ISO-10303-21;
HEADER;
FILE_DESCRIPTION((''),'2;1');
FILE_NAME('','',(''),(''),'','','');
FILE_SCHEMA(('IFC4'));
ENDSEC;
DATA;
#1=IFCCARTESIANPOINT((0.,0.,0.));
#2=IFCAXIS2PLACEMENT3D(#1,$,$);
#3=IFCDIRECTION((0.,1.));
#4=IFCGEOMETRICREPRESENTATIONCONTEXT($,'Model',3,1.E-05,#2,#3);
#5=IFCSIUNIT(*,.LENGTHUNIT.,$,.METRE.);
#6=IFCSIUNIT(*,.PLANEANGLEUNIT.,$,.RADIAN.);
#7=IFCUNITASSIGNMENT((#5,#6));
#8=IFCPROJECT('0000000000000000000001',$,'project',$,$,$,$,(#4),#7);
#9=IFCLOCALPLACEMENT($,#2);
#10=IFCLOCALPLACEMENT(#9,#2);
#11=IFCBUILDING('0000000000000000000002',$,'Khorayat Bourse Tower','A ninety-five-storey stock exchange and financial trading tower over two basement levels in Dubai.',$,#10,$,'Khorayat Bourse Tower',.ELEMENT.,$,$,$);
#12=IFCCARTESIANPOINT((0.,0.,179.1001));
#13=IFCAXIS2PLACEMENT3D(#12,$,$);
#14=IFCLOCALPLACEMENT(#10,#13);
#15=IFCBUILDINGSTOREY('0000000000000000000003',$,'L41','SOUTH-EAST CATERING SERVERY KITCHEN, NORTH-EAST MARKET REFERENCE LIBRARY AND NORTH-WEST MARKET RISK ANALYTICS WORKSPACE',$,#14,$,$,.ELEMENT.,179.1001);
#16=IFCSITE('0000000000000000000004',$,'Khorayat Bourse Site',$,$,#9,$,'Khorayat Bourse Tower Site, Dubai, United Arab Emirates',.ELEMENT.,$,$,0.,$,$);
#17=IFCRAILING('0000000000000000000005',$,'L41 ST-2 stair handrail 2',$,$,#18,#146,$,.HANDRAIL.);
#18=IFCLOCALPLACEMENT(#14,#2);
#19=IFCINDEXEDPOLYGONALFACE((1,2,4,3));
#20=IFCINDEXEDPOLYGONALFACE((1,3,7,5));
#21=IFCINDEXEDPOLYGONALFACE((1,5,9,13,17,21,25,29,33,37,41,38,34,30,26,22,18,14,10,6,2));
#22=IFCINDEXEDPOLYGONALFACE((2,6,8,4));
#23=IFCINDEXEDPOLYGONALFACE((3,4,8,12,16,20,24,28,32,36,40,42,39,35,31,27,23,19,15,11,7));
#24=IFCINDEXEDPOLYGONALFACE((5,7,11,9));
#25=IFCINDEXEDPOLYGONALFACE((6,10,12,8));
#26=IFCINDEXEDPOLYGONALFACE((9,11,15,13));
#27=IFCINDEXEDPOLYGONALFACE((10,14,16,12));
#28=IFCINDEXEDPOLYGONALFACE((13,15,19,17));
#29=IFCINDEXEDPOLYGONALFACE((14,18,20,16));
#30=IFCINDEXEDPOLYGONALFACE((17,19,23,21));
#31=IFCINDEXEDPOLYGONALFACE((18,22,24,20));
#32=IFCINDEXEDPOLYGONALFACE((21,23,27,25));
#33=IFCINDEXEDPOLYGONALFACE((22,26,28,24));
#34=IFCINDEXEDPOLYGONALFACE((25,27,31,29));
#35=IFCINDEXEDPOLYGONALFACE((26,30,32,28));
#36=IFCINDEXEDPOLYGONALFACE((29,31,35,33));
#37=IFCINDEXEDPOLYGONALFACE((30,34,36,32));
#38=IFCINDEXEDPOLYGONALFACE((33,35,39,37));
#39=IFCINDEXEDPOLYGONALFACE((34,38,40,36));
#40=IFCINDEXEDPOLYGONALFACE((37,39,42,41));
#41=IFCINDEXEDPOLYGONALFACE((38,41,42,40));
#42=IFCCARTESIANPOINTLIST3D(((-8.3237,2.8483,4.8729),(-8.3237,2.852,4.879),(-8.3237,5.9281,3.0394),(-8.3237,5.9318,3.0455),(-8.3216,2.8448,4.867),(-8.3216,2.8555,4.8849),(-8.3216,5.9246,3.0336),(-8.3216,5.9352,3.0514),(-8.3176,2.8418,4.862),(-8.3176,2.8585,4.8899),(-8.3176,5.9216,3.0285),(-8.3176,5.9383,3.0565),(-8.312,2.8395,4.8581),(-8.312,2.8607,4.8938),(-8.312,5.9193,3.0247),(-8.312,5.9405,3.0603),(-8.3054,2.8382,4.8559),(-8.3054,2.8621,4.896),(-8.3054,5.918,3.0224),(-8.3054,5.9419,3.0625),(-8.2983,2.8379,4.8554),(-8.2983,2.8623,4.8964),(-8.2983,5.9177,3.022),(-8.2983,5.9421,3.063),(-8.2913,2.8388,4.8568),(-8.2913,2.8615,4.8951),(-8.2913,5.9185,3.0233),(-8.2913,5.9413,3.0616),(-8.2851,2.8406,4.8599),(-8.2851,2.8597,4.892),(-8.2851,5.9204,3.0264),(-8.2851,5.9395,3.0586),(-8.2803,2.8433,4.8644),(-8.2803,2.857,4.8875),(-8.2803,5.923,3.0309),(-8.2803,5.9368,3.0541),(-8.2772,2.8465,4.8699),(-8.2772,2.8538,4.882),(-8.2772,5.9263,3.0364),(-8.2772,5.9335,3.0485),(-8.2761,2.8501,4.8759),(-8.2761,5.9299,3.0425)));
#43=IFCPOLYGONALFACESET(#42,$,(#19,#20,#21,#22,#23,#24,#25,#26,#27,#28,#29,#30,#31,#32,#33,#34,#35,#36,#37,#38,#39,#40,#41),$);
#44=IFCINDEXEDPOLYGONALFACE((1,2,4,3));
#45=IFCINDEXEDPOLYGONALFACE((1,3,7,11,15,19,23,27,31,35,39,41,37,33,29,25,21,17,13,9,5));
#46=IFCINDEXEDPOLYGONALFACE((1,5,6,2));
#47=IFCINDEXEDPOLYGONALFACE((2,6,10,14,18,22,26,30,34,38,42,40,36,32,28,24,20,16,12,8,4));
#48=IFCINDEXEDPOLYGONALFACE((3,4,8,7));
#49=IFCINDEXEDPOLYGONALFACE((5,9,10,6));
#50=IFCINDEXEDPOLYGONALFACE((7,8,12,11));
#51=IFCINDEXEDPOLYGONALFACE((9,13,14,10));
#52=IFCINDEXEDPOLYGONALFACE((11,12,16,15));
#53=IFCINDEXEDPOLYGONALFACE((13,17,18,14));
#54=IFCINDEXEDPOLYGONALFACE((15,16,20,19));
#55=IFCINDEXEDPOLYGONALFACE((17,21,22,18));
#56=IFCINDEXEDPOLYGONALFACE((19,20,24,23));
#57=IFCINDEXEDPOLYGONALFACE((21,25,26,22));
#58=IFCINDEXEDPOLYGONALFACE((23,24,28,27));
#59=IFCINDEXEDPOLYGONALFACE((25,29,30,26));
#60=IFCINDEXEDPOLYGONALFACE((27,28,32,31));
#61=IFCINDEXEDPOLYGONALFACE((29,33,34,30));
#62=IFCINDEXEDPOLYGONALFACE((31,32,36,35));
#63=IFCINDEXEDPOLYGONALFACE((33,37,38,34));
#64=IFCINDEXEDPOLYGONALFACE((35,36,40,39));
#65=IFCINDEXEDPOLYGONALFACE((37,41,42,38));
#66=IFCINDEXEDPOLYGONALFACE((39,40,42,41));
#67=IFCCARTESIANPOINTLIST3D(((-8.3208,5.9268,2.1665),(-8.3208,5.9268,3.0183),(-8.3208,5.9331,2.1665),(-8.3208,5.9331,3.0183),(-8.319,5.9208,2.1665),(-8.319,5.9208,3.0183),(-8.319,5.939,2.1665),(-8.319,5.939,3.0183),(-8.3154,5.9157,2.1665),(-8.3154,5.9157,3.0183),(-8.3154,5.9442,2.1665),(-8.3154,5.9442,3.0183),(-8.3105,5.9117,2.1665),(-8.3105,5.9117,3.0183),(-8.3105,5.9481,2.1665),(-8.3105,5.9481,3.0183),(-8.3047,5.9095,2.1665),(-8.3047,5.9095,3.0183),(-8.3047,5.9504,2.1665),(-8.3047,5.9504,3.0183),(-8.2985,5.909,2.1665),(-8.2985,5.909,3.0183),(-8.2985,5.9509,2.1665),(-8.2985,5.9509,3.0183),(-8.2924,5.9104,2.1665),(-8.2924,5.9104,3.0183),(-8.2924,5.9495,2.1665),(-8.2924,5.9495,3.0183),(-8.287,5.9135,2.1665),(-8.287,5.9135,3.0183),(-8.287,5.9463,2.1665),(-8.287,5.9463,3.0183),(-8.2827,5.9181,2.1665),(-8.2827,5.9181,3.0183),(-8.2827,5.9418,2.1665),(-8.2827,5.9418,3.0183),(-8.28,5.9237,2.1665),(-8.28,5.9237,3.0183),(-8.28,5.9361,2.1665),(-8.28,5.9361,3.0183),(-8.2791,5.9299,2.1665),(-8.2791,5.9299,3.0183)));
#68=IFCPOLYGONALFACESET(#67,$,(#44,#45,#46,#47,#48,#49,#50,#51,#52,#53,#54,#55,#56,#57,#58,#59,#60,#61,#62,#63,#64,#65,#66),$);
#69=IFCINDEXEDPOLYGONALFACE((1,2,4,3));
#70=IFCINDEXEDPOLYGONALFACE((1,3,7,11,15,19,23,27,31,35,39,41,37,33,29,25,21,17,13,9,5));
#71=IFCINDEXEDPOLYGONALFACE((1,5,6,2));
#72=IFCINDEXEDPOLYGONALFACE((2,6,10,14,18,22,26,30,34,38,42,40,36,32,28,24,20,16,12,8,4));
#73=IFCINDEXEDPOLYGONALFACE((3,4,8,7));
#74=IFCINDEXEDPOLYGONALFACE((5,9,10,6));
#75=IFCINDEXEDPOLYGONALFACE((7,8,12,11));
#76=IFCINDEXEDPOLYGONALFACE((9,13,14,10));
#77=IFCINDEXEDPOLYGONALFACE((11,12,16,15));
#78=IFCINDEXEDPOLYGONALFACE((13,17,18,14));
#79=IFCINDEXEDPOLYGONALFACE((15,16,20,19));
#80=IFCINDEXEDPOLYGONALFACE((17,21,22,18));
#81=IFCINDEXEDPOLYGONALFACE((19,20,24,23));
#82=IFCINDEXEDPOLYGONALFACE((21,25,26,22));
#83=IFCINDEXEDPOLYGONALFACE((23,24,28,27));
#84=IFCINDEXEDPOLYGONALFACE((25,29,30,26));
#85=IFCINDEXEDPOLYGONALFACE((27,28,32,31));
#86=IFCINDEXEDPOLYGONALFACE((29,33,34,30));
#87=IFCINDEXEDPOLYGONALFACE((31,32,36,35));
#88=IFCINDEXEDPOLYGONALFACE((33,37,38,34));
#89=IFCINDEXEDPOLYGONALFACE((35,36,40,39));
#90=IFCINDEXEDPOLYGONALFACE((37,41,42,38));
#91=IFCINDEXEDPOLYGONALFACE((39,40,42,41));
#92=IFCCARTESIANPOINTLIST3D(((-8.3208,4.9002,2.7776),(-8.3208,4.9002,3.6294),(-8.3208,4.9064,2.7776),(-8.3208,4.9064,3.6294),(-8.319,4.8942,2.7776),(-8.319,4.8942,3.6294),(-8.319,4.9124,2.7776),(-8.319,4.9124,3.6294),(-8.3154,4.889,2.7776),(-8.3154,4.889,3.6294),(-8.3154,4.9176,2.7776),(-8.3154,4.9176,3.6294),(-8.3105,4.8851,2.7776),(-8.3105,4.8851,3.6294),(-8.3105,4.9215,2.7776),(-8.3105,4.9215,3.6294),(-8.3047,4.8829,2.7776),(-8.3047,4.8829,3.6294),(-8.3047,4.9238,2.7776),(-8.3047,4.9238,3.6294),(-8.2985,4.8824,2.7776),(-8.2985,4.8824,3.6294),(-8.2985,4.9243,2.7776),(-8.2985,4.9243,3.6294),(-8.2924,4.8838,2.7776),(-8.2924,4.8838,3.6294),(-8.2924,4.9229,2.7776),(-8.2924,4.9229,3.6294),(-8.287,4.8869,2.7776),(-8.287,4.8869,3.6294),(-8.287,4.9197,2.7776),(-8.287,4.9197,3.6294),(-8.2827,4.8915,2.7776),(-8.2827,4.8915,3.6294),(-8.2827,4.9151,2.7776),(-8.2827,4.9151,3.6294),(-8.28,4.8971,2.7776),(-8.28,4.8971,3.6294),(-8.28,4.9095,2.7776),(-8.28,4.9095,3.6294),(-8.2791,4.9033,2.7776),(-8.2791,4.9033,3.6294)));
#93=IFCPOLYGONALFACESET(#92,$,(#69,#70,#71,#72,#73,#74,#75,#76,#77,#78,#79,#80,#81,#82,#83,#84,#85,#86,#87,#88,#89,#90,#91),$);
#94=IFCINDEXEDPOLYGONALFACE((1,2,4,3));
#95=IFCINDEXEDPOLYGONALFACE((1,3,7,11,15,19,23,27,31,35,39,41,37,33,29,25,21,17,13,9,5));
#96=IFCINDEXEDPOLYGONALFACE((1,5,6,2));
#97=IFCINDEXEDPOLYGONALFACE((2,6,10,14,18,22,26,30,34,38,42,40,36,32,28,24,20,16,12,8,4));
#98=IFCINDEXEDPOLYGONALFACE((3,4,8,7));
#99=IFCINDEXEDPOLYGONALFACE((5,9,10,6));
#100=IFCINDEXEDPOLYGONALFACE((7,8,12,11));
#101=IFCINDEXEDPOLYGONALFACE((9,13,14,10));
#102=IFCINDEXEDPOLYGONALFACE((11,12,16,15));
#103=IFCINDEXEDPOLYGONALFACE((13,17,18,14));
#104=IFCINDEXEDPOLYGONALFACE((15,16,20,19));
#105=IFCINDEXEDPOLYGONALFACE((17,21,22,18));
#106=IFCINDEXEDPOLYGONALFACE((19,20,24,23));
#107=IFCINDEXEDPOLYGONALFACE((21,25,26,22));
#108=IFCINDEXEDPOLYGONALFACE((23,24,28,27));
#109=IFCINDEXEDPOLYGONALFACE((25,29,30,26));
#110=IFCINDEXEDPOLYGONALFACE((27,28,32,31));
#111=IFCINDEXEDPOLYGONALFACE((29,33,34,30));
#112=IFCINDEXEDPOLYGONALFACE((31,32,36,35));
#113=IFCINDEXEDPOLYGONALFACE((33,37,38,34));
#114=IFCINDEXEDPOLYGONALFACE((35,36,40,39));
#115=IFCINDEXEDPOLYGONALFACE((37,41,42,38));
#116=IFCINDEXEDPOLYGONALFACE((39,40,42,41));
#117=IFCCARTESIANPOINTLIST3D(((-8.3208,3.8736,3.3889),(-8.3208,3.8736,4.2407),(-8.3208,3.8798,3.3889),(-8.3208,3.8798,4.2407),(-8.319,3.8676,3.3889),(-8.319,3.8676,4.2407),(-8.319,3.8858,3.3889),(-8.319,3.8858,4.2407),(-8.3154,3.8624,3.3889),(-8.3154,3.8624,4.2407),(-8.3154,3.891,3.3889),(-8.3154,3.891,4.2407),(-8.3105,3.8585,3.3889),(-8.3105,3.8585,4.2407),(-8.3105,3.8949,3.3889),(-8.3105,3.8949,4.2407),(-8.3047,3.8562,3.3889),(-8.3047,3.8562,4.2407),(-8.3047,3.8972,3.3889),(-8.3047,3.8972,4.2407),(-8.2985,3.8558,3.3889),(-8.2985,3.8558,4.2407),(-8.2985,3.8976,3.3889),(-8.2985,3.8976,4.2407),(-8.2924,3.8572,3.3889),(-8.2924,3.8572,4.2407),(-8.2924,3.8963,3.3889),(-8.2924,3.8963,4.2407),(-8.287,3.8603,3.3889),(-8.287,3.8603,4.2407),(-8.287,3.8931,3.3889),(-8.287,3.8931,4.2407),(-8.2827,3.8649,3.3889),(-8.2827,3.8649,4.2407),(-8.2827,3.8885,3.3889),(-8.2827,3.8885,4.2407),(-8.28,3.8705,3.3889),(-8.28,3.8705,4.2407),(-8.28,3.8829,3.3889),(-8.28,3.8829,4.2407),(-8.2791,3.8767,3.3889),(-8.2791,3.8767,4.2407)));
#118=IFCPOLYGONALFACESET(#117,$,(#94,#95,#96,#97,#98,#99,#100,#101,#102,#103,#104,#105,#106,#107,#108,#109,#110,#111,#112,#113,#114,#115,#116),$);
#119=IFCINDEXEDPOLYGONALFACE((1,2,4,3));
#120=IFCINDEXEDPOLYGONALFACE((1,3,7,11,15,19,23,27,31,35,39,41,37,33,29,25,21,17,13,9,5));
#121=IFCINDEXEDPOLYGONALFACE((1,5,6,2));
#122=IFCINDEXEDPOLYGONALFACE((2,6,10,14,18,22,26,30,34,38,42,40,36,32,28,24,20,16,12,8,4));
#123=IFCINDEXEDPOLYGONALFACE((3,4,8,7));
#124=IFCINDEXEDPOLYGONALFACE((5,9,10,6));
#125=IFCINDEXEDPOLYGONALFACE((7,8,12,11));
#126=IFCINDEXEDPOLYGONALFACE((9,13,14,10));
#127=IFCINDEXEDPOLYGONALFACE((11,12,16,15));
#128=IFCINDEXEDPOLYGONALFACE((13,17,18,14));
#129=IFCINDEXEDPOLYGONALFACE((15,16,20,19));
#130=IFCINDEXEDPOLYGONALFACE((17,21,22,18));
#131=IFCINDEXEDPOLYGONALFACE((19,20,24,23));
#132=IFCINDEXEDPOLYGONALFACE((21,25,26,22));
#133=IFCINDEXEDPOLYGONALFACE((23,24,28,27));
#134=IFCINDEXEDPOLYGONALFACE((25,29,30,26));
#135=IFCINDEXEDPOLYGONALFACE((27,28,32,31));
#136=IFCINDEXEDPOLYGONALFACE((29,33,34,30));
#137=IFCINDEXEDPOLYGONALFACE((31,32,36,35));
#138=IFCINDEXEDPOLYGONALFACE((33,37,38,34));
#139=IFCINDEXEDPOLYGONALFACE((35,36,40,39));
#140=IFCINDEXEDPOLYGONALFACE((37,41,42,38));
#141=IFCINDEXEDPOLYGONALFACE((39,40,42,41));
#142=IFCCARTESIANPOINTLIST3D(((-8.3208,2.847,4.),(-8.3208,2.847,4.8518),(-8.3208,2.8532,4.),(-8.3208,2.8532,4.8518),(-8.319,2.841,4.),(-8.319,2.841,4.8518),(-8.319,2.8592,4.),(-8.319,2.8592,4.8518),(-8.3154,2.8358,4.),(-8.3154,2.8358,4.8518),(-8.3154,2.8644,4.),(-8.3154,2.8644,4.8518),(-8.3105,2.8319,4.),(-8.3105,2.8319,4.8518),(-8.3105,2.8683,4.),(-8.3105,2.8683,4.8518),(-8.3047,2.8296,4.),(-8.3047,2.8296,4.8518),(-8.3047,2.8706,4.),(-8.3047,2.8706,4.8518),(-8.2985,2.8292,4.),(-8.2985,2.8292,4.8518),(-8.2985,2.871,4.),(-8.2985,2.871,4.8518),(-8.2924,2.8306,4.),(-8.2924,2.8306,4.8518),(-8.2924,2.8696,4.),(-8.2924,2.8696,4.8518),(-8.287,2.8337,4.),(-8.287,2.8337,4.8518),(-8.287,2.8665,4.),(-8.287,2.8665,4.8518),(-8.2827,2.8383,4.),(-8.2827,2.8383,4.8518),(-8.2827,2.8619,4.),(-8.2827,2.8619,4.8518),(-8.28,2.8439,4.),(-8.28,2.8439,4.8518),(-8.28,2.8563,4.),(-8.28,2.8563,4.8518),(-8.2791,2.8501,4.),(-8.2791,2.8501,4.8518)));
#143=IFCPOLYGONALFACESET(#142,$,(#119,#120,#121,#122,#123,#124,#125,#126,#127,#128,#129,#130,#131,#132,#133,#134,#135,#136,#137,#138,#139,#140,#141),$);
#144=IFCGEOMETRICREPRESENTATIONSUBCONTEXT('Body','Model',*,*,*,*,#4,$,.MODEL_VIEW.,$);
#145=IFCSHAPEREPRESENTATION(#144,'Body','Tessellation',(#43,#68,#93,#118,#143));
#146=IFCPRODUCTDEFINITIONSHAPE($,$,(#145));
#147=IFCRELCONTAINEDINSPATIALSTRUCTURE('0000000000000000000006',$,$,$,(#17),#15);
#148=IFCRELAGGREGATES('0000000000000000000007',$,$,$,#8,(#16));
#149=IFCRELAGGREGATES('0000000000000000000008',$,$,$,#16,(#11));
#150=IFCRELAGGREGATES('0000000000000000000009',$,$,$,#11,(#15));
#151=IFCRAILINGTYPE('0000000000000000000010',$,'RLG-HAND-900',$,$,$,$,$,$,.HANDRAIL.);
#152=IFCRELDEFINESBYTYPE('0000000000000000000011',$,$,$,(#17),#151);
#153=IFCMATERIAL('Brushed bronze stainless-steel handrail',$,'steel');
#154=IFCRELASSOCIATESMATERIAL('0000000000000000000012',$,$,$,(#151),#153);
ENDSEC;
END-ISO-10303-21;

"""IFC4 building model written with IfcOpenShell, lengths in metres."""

from ifc_helpers import new_model, si_unit, direction, frame, origin, origin_2d, place, context, subcontext, project, spatial, circle, extrude, source, transform, mapped, material, type_object, element, save


model = new_model("IFC4")

# Units and contexts
model_context = context("Model", 3, precision=1e-05, world=origin(), true_north=direction((0.0, 1.0)))
body_context = subcontext(model_context, "Body", "Model", "MODEL_VIEW")
ifc_project = project(units=[si_unit("LENGTHUNIT", "METRE"), si_unit("PLANEANGLEUNIT", "RADIAN")], contexts=[model_context])

# Site, building, storey
site_placement = place(None, origin())
site = spatial("IfcSite", under=ifc_project, at=site_placement, Name="Khorayat Bourse Site", LongName="Khorayat Bourse Tower Site, Dubai, United Arab Emirates", CompositionType="ELEMENT", RefElevation=0.0)
building_placement = place(site_placement, origin())
building = spatial("IfcBuilding", under=site, at=building_placement, Name="Khorayat Bourse Tower", Description="A ninety-five-storey stock exchange and financial trading tower over two basement levels in Dubai.", LongName="Khorayat Bourse Tower", CompositionType="ELEMENT")
storey_placement = place(building_placement, frame((0.0, 0.0, 179.1001)))
storey = spatial("IfcBuildingStorey", under=building, at=storey_placement, Name="L41", Description="SOUTH-EAST CATERING SERVERY KITCHEN, NORTH-EAST MARKET REFERENCE LIBRARY AND NORTH-WEST MARKET RISK ANALYTICS WORKSPACE", CompositionType="ELEMENT", Elevation=179.1001)

# Railing
ifc_material_1 = material(Name="Brushed bronze stainless-steel handrail", Category="steel")
railing_type_1 = type_object("IfcRailingType", Name="RLG-HAND-900", PredefinedType="HANDRAIL", material=ifc_material_1)
shared_shape_1 = source(origin(), body_context, "Body", "SweptSolid", [
    extrude(circle(Radius=0.0239, at=origin_2d()), frame((0.0, 0.0, 0.876), z_axis=(0.0, -0.859261, 0.511538), x_axis=(1.0, 0.0, 0.0)), (0.0, 0.0, 1.0), 3.5842),
    extrude(circle(Radius=0.021, at=origin_2d()), origin(), (0.0, 0.0, 1.0), 0.8518),
    extrude(circle(Radius=0.021, at=origin_2d()), frame((0.0, -1.0266, 0.6111)), (0.0, 0.0, 1.0), 0.8518),
    extrude(circle(Radius=0.021, at=origin_2d()), frame((0.0, -2.0532, 1.2224)), (0.0, 0.0, 1.0), 0.8518),
    extrude(circle(Radius=0.021, at=origin_2d()), frame((0.0, -3.0798, 1.8335)), (0.0, 0.0, 1.0), 0.8518),
])
railing_1_placement = place(storey_placement, frame((-8.3, 5.9299, 2.1665)))
element("IfcRailing", 1, at=railing_1_placement, inside=storey, type_object=railing_type_1, Name="L41 ST-2 stair handrail 2", PredefinedType="HANDRAIL", context=body_context, shape_type="MappedRepresentation", body=[
    mapped(shared_shape_1, transform((0.0, 0.0, 0.0), scale=1.0)),
])

save(model, "model.ifc")
